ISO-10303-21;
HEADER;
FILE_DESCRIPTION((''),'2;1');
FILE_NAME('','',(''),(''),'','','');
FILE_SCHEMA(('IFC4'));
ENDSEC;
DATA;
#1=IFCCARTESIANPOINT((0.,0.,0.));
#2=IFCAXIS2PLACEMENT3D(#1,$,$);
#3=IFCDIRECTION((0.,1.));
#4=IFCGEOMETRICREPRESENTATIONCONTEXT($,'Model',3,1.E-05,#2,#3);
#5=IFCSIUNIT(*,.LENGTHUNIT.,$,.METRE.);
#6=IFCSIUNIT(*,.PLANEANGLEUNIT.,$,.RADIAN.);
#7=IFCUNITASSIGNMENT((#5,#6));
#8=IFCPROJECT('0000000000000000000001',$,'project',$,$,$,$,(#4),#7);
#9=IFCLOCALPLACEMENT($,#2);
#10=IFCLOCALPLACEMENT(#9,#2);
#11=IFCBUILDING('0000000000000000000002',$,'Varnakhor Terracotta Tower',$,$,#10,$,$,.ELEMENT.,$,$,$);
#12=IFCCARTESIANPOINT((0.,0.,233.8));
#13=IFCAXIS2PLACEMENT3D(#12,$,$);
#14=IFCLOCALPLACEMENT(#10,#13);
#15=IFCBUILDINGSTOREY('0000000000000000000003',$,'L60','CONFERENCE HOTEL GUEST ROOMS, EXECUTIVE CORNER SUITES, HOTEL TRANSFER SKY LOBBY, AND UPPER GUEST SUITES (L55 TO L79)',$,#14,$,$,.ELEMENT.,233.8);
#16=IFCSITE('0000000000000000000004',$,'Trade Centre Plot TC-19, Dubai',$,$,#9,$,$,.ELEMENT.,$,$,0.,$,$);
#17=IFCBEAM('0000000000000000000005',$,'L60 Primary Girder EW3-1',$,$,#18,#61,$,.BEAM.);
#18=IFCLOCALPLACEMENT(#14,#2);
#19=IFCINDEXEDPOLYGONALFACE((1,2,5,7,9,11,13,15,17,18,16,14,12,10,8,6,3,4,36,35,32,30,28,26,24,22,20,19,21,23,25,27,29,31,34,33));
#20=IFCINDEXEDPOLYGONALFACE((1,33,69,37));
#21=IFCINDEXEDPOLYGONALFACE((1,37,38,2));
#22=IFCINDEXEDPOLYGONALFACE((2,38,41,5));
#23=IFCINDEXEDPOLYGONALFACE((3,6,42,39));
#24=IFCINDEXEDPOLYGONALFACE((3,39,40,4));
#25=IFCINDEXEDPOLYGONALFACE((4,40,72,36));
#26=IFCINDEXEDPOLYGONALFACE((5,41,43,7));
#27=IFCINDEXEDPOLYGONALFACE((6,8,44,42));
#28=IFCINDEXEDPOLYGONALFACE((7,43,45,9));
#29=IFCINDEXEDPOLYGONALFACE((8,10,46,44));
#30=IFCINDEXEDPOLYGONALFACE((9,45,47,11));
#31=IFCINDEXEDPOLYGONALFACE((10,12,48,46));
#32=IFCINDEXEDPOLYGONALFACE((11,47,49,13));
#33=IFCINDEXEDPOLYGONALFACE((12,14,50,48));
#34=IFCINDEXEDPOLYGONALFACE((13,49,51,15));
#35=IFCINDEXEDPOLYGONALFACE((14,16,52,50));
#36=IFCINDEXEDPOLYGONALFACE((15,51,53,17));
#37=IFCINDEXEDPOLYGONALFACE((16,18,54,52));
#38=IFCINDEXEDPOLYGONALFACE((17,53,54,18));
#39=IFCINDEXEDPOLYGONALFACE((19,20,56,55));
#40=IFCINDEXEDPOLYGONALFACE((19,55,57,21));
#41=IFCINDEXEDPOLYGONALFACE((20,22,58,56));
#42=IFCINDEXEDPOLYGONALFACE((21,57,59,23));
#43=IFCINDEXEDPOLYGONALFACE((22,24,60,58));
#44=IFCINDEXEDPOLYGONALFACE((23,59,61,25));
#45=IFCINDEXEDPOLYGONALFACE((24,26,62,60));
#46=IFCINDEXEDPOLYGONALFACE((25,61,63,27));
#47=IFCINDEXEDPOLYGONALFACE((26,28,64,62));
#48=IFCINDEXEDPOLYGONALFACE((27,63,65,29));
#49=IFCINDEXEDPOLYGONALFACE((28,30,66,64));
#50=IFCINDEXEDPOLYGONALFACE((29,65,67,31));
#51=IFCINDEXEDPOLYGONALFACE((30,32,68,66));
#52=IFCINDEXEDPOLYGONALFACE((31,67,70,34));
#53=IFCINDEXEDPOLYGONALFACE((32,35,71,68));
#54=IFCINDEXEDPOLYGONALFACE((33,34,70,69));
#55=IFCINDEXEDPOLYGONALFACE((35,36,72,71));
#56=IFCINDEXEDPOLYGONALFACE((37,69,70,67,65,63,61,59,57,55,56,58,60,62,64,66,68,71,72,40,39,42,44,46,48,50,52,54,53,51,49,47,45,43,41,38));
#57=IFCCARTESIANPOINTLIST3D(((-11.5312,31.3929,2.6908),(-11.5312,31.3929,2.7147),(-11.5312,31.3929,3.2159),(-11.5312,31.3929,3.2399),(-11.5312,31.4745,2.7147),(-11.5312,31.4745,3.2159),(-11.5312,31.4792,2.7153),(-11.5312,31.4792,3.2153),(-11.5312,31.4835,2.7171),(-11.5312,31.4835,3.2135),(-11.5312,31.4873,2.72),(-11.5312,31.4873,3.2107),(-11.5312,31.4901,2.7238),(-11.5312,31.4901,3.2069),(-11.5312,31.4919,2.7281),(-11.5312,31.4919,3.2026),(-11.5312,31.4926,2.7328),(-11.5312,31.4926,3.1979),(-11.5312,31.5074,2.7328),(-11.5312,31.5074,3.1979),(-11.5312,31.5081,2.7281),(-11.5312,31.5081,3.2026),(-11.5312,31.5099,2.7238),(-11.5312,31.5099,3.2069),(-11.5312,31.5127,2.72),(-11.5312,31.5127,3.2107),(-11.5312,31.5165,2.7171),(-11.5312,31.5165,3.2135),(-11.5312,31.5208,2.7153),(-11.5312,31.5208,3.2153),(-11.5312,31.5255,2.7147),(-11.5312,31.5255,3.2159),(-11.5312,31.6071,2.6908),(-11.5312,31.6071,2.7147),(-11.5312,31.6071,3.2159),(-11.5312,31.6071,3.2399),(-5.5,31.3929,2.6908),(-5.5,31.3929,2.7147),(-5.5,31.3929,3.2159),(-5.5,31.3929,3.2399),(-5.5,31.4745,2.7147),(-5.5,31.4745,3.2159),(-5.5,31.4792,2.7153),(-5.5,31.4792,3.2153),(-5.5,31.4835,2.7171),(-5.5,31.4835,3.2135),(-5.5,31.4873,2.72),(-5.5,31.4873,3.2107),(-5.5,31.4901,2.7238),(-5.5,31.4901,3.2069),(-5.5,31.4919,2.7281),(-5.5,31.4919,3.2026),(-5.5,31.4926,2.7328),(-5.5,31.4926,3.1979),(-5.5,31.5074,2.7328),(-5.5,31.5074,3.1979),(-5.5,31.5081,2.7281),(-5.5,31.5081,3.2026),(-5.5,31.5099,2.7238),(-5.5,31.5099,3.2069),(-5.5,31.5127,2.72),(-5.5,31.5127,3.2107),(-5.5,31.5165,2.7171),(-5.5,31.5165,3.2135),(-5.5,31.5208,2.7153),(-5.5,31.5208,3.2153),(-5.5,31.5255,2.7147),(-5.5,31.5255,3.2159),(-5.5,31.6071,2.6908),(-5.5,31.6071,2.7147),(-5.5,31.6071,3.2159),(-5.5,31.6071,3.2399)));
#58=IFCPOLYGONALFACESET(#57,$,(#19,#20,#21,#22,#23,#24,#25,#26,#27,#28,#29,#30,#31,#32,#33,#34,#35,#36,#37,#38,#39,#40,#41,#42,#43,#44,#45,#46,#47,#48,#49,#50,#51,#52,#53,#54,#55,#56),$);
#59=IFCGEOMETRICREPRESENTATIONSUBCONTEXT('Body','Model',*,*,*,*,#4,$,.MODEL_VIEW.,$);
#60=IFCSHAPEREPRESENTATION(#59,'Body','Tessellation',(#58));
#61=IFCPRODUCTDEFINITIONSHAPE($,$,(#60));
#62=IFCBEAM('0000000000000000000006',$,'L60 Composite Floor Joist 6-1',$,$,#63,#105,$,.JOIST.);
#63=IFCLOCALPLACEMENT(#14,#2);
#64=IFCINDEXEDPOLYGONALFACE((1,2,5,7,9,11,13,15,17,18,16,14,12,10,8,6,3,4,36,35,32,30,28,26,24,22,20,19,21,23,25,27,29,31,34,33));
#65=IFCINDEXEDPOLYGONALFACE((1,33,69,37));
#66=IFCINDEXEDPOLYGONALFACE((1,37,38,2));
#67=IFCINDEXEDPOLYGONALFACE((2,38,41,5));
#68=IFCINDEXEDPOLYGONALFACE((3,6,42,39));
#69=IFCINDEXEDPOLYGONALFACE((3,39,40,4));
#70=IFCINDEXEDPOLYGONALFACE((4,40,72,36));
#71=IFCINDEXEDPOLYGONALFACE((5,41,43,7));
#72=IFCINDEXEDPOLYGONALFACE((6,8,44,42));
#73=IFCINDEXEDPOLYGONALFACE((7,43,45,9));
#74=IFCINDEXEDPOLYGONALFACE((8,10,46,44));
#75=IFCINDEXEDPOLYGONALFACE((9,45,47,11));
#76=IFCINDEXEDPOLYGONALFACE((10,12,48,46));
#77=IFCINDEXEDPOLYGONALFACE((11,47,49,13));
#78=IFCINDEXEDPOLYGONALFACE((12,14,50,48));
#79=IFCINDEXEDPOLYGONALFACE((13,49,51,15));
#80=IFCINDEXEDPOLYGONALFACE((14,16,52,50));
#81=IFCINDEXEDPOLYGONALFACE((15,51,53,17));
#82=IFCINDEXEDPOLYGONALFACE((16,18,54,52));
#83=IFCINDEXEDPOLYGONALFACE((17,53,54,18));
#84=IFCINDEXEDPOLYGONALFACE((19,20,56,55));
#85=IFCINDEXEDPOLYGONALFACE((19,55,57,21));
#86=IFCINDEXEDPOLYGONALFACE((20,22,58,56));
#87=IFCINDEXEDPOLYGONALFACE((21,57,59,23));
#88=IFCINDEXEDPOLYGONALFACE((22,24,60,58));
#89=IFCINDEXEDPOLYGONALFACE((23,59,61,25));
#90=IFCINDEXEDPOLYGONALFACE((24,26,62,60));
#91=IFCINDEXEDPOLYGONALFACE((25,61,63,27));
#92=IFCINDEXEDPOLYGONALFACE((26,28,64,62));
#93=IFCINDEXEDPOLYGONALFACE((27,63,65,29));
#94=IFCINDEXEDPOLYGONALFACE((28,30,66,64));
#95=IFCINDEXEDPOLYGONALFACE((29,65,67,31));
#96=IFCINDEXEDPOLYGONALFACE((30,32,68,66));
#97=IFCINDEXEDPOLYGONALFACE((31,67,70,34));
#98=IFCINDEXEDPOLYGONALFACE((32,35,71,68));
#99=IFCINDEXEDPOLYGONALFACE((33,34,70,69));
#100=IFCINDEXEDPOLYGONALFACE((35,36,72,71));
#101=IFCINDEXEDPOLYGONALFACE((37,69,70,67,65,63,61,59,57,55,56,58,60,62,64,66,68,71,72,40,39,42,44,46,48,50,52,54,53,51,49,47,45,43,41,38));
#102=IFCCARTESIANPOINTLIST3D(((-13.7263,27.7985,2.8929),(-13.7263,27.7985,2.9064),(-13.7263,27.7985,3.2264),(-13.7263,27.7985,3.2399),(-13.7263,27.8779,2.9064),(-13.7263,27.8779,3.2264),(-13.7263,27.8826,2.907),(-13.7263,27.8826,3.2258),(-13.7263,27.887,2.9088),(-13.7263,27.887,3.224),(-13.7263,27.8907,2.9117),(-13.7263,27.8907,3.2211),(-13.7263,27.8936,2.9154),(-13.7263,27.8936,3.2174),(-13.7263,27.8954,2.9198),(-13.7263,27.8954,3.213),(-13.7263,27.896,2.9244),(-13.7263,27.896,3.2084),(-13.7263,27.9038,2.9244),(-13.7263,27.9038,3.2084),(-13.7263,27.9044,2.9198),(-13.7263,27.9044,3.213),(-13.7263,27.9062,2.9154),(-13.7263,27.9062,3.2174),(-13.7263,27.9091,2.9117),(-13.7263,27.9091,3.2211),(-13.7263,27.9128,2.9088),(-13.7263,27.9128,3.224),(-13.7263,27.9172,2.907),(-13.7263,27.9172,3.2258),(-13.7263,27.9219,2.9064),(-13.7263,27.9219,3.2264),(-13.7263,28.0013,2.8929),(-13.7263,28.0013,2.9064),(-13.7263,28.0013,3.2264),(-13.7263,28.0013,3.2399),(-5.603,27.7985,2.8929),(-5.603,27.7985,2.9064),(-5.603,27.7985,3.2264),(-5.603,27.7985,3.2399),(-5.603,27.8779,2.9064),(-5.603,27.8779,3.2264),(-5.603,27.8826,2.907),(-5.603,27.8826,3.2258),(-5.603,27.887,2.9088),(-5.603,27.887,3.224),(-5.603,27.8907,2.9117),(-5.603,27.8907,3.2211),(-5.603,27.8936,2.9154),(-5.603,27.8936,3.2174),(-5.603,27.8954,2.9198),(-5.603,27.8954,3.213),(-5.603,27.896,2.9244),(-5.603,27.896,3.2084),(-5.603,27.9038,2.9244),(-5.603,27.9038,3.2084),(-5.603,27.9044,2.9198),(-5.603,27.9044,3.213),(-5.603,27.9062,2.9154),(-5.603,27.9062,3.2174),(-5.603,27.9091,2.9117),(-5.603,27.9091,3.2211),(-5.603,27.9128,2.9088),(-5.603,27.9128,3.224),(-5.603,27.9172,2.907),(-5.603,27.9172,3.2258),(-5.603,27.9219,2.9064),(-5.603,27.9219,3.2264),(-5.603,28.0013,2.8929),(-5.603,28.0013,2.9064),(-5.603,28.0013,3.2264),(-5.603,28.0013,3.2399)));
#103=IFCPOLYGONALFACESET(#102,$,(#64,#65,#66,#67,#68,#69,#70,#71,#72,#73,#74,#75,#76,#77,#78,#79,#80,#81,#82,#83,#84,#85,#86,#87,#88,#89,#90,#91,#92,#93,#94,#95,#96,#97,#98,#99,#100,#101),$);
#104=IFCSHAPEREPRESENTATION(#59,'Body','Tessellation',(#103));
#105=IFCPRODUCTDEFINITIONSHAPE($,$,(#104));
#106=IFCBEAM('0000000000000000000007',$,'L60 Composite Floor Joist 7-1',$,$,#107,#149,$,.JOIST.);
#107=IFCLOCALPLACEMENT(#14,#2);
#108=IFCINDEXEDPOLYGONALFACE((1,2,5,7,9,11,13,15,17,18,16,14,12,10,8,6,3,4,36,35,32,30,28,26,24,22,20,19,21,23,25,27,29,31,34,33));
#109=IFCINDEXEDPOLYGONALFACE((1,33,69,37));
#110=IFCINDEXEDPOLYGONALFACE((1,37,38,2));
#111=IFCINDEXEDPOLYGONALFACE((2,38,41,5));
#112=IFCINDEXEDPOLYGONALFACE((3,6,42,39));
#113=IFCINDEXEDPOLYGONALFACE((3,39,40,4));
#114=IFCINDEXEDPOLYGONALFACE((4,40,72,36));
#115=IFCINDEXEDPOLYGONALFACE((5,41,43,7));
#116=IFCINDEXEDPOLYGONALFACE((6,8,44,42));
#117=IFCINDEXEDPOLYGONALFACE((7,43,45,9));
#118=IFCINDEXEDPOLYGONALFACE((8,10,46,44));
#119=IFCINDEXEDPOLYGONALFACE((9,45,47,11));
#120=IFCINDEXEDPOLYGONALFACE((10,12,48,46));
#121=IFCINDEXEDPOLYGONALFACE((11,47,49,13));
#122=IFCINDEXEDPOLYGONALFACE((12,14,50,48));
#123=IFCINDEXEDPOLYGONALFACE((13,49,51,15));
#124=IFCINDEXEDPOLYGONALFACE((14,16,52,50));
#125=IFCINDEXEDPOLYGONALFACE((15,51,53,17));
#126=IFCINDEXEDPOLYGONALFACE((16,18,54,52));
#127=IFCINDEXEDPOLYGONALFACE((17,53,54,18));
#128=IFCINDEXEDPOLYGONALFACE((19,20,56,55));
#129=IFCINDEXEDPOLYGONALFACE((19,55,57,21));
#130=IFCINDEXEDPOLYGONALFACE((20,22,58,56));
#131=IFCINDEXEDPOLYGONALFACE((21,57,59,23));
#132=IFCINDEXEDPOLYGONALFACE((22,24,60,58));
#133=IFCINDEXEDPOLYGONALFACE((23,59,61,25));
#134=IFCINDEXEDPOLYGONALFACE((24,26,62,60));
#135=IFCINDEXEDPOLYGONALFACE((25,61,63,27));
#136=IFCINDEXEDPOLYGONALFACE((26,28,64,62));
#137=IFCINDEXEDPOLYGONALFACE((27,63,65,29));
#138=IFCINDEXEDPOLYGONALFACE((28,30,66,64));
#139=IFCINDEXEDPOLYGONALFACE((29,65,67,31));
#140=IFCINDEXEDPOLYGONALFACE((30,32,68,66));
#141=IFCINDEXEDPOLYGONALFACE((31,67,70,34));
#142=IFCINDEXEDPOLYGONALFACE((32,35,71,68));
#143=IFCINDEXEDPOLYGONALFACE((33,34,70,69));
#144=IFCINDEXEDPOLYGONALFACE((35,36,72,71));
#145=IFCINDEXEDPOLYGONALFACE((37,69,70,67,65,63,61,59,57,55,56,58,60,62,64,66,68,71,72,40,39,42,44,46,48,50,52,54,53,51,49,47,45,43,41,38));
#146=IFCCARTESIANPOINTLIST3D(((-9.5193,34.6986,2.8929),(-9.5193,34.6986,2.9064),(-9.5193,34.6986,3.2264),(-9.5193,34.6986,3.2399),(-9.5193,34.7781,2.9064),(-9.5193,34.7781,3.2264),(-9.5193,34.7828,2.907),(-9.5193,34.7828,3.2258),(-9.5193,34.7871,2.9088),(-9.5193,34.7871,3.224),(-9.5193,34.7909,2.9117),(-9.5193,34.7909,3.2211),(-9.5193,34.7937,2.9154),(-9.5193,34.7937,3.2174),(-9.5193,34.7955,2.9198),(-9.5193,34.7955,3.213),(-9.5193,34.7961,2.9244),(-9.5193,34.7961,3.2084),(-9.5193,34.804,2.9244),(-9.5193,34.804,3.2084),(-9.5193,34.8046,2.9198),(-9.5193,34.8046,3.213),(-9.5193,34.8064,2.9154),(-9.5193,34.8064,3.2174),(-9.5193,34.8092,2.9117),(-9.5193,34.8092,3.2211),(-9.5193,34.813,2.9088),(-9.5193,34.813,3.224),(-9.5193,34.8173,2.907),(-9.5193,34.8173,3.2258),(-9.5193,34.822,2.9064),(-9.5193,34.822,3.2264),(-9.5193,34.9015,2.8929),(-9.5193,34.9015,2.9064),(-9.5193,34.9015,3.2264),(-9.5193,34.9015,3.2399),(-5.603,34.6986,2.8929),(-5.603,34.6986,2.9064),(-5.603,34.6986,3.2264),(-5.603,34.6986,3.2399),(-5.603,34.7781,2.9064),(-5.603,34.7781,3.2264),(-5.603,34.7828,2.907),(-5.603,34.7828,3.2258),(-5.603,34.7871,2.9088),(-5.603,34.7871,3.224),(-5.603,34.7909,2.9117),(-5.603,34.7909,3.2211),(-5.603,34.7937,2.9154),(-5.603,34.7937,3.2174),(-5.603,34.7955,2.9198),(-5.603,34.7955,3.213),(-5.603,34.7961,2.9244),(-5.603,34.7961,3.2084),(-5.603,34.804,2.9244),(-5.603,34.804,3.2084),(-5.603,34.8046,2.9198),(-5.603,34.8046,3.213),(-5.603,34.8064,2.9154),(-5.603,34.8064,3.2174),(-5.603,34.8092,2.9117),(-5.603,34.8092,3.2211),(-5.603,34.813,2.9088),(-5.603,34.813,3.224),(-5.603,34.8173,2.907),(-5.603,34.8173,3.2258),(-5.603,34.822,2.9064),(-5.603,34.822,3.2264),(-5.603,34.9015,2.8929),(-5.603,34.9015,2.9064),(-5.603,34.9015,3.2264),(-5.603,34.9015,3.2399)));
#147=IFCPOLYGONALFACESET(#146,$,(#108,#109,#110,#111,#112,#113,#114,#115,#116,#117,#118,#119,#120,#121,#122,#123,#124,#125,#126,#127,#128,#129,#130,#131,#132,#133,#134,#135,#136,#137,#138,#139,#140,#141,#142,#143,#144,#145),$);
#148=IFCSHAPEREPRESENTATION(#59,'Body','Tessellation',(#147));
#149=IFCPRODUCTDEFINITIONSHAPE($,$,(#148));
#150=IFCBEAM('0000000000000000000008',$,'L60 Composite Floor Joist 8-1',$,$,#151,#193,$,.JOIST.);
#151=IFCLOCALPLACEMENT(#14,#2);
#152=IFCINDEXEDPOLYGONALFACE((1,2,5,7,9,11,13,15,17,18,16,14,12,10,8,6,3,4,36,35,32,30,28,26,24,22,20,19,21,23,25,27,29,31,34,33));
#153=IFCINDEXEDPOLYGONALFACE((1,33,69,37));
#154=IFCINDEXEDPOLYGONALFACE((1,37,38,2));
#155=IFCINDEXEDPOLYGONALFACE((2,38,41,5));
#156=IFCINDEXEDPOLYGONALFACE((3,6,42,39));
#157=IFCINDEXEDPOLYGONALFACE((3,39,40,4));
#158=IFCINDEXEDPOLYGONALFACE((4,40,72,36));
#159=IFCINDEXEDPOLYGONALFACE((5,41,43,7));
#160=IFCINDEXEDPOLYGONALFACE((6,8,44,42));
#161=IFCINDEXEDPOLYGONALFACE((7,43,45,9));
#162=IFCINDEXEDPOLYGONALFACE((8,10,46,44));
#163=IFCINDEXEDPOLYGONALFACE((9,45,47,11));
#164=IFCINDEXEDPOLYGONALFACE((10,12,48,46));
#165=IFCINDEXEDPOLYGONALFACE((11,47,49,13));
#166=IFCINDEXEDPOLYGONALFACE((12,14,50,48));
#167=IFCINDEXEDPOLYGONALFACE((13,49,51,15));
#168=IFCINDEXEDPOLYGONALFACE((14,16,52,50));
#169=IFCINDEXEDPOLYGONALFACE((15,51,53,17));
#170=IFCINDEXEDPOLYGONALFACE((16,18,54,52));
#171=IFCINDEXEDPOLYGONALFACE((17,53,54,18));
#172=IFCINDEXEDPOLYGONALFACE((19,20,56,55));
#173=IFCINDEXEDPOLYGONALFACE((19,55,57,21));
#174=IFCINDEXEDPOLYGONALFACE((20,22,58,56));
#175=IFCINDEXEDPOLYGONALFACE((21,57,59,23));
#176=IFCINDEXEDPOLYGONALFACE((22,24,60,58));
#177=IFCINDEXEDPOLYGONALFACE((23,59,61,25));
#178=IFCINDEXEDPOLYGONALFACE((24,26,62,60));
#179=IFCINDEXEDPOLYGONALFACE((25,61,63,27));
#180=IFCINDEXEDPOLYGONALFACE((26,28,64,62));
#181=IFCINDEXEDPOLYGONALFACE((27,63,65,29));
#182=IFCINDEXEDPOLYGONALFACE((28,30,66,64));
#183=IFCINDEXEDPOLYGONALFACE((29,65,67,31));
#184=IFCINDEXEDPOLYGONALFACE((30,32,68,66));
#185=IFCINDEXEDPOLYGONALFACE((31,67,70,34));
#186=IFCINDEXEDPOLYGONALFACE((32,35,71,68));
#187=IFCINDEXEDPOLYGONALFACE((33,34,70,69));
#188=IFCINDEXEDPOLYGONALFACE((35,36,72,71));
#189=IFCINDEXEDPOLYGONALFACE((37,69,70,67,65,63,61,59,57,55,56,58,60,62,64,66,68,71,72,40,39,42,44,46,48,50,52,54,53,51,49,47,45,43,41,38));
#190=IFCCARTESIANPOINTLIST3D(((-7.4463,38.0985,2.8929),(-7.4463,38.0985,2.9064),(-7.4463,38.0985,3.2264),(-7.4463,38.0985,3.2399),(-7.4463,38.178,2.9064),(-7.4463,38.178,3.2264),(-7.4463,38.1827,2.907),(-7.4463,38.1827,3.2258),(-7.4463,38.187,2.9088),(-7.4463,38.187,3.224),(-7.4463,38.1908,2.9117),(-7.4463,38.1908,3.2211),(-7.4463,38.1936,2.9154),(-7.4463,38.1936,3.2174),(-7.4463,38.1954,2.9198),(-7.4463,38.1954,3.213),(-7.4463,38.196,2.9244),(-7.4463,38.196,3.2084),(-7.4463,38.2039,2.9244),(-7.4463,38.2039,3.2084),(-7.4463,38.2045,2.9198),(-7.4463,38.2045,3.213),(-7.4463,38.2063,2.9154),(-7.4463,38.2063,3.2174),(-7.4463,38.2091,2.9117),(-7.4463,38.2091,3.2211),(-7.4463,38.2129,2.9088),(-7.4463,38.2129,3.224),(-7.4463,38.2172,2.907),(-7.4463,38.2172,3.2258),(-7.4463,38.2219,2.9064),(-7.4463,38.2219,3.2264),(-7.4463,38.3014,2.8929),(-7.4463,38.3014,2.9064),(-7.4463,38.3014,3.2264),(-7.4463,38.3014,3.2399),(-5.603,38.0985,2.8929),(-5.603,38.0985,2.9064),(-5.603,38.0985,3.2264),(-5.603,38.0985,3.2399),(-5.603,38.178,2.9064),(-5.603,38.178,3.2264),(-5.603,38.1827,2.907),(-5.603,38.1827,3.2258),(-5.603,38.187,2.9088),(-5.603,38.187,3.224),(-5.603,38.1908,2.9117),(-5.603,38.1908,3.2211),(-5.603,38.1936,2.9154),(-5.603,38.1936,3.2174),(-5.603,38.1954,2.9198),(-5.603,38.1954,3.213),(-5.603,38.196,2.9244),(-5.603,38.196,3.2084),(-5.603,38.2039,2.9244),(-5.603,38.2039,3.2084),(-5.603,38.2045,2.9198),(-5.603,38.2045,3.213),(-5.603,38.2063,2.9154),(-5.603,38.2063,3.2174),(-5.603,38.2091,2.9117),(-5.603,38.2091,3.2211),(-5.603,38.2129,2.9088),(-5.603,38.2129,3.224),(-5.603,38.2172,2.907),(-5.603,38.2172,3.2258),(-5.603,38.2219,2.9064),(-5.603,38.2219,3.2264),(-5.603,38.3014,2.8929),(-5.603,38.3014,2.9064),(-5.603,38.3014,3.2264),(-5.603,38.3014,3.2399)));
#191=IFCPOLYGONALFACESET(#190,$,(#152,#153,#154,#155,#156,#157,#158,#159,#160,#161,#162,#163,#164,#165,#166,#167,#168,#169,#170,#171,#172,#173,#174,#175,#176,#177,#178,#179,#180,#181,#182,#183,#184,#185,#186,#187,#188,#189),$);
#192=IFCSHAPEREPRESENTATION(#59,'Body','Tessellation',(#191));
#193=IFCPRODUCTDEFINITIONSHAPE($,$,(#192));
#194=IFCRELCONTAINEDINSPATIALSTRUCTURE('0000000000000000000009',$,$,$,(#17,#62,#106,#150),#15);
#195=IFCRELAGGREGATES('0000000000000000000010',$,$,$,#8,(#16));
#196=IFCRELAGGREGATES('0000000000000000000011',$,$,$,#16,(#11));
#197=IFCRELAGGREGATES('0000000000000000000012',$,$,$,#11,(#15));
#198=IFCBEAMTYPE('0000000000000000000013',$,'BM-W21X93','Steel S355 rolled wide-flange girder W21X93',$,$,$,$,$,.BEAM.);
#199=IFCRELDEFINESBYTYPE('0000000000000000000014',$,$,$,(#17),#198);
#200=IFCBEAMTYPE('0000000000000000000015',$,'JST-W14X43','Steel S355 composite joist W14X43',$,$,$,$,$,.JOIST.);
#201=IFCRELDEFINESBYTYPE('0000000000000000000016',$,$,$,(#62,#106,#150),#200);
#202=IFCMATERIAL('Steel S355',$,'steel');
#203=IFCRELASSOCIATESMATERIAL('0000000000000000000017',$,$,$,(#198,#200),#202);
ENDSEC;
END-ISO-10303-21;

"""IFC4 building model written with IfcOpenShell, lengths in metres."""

from ifc_helpers import new_model, si_unit, direction, frame, origin, origin_2d, place, context, subcontext, project, spatial, i_section, extrude, source, transform, mapped, material, material_profile, profile_set, type_object, element, save


model = new_model("IFC4")

# Units and contexts
model_context = context("Model", 3, precision=1e-05, world=origin(), true_north=direction((0.0, 1.0)))
body_context = subcontext(model_context, "Body", "Model", "MODEL_VIEW")
ifc_project = project(units=[si_unit("LENGTHUNIT", "METRE"), si_unit("PLANEANGLEUNIT", "RADIAN")], contexts=[model_context])

# Site, building, storey
site_placement = place(None, origin())
site = spatial("IfcSite", under=ifc_project, at=site_placement, Name="Trade Centre Plot TC-19, Dubai", CompositionType="ELEMENT", RefElevation=0.0)
building_placement = place(site_placement, origin())
building = spatial("IfcBuilding", under=site, at=building_placement, Name="Varnakhor Terracotta Tower", CompositionType="ELEMENT")
storey_placement = place(building_placement, frame((0.0, 0.0, 233.8)))
storey = spatial("IfcBuildingStorey", under=building, at=storey_placement, Name="L60", Description="CONFERENCE HOTEL GUEST ROOMS, EXECUTIVE CORNER SUITES, HOTEL TRANSFER SKY LOBBY, AND UPPER GUEST SUITES (L55 TO L79)", CompositionType="ELEMENT", Elevation=233.8)

# Beams
ifc_material_1 = material(Name="Steel S355", Category="steel")
ifc_material_profile_1 = material_profile(ifc_material_1, i_section(OverallWidth=0.2141, OverallDepth=0.5491, WebThickness=0.0149, FlangeThickness=0.0239, FilletRadius=0.0181, at=origin_2d()), Name="W21X93")
ifc_profile_set_1 = profile_set([ifc_material_profile_1], Name="Steel S355")
beam_type_1 = type_object("IfcBeamType", Name="BM-W21X93", Description="Steel S355 rolled wide-flange girder W21X93", PredefinedType="BEAM", material=ifc_profile_set_1)
ifc_material_profile_2 = material_profile(ifc_material_1, i_section(OverallWidth=0.2029, OverallDepth=0.3469, WebThickness=0.0078, FlangeThickness=0.0134, FilletRadius=0.0181, at=origin_2d()), Name="W14X43")
ifc_profile_set_2 = profile_set([ifc_material_profile_2], Name="Steel S355")
beam_type_2 = type_object("IfcBeamType", Name="JST-W14X43", Description="Steel S355 composite joist W14X43", PredefinedType="JOIST", material=ifc_profile_set_2)
shared_shape_1 = source(origin(), body_context, "Body", "SweptSolid", [
    extrude(i_section(OverallWidth=0.2141, OverallDepth=0.5491, WebThickness=0.0149, FlangeThickness=0.0239, FilletRadius=0.0181, at=origin_2d()), origin(), (0.0, 0.0, 1.0), 6.0312),
])
beam_1_placement = place(storey_placement, frame((-11.5312, 31.5, 2.9653), z_axis=(1.0, 0.0, 0.0), x_axis=(0.0, 1.0, 0.0)))
element("IfcBeam", 1, at=beam_1_placement, inside=storey, type_object=beam_type_1, Name="L60 Primary Girder EW3-1", PredefinedType="BEAM", context=body_context, shape_type="MappedRepresentation", body=[
    mapped(shared_shape_1, transform((0.0, 0.0, 0.0), scale=1.0)),
])
shared_shape_2 = source(origin(), body_context, "Body", "SweptSolid", [
    extrude(i_section(OverallWidth=0.2029, OverallDepth=0.3469, WebThickness=0.0078, FlangeThickness=0.0134, FilletRadius=0.0181, at=origin_2d()), origin(), (0.0, 0.0, 1.0), 8.1233),
])
beam_2_placement = place(storey_placement, frame((-13.7263, 27.8999, 3.0664), z_axis=(1.0, 0.0, 0.0), x_axis=(0.0, 1.0, 0.0)))
element("IfcBeam", 2, at=beam_2_placement, inside=storey, type_object=beam_type_2, Name="L60 Composite Floor Joist 6-1", PredefinedType="JOIST", context=body_context, shape_type="MappedRepresentation", body=[
    mapped(shared_shape_2, transform((0.0, 0.0, 0.0), scale=1.0)),
])
shared_shape_3 = source(origin(), body_context, "Body", "SweptSolid", [
    extrude(i_section(OverallWidth=0.2029, OverallDepth=0.3469, WebThickness=0.0078, FlangeThickness=0.0134, FilletRadius=0.0181, at=origin_2d()), origin(), (0.0, 0.0, 1.0), 3.9163),
])
beam_3_placement = place(storey_placement, frame((-9.5193, 34.8, 3.0664), z_axis=(1.0, 0.0, 0.0), x_axis=(0.0, 1.0, 0.0)))
element("IfcBeam", 3, at=beam_3_placement, inside=storey, type_object=beam_type_2, Name="L60 Composite Floor Joist 7-1", PredefinedType="JOIST", context=body_context, shape_type="MappedRepresentation", body=[
    mapped(shared_shape_3, transform((0.0, 0.0, 0.0), scale=1.0)),
])
shared_shape_4 = source(origin(), body_context, "Body", "SweptSolid", [
    extrude(i_section(OverallWidth=0.2029, OverallDepth=0.3469, WebThickness=0.0078, FlangeThickness=0.0134, FilletRadius=0.0181, at=origin_2d()), origin(), (0.0, 0.0, 1.0), 1.8433),
])
beam_4_placement = place(storey_placement, frame((-7.4463, 38.2, 3.0664), z_axis=(1.0, 0.0, 0.0), x_axis=(0.0, 1.0, 0.0)))
element("IfcBeam", 4, at=beam_4_placement, inside=storey, type_object=beam_type_2, Name="L60 Composite Floor Joist 8-1", PredefinedType="JOIST", context=body_context, shape_type="MappedRepresentation", body=[
    mapped(shared_shape_4, transform((0.0, 0.0, 0.0), scale=1.0)),
])

save(model, "model.ifc")
